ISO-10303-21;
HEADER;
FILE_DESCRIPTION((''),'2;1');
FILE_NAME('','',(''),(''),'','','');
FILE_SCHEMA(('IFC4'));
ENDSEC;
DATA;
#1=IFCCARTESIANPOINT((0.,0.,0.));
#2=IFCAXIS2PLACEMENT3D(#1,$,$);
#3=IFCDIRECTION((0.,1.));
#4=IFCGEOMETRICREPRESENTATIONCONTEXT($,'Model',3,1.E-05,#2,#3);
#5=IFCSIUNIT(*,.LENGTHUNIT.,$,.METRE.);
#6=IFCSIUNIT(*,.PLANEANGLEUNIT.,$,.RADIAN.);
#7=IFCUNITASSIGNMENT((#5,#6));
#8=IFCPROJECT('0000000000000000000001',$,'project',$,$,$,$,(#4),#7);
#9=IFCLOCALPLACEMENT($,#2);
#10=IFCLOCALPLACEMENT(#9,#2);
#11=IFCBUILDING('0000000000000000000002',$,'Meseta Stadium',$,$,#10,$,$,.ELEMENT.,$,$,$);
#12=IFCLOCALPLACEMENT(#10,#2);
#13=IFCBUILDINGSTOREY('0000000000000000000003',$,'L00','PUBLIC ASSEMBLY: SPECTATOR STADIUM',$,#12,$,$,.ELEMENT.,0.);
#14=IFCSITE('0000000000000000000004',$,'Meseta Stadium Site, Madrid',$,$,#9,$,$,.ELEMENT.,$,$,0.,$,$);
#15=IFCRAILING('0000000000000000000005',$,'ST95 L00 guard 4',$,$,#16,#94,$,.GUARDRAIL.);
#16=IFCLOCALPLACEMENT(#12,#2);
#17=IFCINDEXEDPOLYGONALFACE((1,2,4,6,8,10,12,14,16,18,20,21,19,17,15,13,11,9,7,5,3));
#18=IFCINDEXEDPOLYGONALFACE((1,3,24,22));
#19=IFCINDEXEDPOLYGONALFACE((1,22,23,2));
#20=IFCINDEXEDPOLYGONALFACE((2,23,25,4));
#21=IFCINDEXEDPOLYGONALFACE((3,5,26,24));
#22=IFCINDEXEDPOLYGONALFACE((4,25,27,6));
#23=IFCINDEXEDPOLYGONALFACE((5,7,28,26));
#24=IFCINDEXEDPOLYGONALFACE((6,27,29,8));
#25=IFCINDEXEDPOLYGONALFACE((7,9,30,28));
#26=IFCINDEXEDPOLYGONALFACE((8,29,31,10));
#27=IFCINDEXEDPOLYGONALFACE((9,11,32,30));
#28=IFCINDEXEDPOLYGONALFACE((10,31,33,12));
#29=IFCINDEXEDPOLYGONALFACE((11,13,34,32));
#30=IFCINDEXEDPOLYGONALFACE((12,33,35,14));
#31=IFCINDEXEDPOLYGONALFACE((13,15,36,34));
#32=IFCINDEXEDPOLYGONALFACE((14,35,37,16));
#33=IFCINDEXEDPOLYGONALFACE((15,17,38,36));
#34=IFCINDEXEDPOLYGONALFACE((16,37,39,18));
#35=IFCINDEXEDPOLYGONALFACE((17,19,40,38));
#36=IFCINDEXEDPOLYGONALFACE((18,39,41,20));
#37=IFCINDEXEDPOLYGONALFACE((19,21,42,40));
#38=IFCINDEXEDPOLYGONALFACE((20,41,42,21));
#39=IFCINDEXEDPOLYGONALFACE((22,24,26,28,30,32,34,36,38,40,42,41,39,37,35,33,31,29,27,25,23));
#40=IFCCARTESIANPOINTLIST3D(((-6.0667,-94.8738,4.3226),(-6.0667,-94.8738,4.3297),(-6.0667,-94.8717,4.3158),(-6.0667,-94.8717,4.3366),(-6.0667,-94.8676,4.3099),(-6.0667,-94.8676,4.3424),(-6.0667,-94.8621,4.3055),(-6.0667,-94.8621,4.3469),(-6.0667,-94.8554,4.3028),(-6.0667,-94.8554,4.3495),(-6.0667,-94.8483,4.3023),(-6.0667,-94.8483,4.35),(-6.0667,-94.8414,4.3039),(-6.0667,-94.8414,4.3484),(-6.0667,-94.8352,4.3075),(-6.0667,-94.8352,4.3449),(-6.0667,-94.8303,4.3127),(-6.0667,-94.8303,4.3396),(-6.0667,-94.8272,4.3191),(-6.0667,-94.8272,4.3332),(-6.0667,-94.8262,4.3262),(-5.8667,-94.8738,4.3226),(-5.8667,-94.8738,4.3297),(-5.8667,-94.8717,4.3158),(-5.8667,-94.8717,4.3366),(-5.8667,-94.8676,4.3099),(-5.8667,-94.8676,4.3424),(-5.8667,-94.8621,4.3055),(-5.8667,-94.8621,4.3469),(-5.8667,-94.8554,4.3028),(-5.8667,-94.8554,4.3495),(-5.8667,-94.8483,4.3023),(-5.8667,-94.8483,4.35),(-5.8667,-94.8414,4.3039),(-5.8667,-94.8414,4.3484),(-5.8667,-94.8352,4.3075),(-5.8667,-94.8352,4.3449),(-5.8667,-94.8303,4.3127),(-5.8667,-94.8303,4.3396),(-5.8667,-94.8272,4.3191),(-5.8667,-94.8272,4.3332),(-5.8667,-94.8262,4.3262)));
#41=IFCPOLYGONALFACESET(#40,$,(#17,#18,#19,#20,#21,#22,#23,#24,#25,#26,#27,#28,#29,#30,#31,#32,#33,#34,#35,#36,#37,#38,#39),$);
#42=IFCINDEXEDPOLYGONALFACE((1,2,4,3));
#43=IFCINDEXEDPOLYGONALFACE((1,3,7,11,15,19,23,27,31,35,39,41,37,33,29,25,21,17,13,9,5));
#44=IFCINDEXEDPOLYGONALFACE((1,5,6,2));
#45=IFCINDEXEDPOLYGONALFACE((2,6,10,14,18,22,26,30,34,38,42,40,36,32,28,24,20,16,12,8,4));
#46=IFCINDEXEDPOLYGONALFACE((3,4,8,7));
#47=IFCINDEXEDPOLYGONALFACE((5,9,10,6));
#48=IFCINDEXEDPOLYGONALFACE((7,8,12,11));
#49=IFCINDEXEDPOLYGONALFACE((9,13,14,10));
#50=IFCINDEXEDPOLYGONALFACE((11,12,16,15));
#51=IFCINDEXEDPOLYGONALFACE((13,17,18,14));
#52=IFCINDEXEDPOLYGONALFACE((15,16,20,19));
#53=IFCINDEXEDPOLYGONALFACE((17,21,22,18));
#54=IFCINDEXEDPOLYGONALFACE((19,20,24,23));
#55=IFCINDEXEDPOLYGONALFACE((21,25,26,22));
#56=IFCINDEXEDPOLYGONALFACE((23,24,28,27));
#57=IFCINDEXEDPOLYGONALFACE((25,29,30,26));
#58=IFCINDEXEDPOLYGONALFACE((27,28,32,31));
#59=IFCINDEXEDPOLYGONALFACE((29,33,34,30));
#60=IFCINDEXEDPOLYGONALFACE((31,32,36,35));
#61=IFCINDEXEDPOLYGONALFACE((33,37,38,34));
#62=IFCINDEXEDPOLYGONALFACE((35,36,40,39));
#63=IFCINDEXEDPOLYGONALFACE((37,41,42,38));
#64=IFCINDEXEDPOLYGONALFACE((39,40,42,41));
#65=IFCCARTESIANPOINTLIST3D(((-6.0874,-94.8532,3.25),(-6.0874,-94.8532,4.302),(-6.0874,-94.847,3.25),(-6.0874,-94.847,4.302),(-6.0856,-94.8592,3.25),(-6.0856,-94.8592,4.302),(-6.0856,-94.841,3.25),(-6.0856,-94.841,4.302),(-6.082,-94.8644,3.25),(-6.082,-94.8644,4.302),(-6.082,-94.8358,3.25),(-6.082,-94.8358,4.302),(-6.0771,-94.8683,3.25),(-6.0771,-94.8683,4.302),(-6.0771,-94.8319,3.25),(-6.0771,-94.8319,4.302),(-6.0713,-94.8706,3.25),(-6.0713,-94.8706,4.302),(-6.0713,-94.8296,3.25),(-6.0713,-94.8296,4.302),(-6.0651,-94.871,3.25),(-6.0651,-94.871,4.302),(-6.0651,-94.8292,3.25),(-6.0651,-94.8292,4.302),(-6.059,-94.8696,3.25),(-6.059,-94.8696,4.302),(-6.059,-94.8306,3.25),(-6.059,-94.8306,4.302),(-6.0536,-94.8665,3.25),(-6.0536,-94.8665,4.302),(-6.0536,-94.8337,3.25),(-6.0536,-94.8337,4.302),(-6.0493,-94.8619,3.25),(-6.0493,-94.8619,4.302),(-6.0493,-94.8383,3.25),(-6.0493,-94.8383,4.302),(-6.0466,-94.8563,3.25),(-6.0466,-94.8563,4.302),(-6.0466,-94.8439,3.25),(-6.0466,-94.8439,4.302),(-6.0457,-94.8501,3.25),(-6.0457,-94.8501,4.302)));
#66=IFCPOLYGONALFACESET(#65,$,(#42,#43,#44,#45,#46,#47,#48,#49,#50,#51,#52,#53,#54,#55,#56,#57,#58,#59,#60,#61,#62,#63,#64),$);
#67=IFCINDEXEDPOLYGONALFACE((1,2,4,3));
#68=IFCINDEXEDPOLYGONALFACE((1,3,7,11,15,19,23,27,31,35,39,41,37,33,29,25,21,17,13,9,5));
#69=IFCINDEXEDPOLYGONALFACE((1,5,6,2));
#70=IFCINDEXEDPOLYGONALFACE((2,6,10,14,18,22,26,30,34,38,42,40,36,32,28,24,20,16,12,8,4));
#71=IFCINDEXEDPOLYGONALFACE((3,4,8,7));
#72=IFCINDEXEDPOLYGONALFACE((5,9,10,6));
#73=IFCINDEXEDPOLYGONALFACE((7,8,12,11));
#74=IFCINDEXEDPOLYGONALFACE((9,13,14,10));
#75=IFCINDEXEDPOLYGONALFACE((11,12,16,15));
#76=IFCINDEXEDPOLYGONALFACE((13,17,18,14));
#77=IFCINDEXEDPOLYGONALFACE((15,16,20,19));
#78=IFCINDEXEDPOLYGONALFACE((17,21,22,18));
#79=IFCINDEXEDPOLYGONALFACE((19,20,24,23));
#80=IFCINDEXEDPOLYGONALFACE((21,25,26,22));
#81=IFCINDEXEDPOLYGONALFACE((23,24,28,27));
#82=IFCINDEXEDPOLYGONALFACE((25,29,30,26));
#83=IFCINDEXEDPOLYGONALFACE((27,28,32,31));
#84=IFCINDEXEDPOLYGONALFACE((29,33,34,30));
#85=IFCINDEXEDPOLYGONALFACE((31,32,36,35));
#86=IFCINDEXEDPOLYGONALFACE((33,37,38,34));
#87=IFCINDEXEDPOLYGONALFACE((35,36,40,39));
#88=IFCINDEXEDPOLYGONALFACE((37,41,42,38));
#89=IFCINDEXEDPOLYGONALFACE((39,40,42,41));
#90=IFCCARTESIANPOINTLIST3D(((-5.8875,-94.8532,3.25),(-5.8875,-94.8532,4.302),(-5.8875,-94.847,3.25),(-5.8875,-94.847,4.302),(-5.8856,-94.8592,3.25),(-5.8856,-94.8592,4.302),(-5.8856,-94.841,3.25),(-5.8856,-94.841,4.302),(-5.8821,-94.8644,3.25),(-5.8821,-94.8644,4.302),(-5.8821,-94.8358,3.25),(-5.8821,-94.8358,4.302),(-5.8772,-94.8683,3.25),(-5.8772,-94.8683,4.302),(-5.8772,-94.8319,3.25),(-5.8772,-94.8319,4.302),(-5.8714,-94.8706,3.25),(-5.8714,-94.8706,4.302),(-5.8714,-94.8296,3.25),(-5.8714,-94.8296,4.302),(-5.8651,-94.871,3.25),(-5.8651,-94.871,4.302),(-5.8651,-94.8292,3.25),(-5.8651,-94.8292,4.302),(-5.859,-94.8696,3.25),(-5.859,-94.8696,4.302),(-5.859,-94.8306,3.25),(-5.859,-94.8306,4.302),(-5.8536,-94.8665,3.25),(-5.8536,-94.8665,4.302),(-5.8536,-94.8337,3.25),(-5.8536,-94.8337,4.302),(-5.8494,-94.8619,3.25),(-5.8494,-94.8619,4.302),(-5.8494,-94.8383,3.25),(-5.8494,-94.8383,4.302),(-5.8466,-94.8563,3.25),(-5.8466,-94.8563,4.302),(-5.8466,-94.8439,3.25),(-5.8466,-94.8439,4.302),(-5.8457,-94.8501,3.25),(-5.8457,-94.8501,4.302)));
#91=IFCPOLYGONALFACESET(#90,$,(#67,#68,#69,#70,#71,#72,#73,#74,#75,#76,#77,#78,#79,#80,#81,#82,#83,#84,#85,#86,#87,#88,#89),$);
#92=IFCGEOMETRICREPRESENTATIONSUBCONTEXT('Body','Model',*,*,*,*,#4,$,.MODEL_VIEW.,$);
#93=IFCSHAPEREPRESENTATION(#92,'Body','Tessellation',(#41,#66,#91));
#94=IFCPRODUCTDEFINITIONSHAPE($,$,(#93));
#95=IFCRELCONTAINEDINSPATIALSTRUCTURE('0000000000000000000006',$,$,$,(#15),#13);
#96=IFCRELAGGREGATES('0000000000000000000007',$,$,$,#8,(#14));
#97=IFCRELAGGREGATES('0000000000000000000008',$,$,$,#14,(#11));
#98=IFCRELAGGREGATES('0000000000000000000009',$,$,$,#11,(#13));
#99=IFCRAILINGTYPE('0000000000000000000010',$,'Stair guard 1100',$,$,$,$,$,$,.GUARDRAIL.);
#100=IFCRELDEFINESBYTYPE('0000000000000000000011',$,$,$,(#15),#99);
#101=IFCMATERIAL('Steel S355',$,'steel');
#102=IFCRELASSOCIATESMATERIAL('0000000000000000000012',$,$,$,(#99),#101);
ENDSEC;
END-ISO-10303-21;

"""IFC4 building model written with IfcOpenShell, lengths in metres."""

from ifc_helpers import new_model, si_unit, direction, frame, origin, origin_2d, place, context, subcontext, project, spatial, circle, extrude, material, type_object, element, save


model = new_model("IFC4")

# Units and contexts
model_context = context("Model", 3, precision=1e-05, world=origin(), true_north=direction((0.0, 1.0)))
body_context = subcontext(model_context, "Body", "Model", "MODEL_VIEW")
ifc_project = project(units=[si_unit("LENGTHUNIT", "METRE"), si_unit("PLANEANGLEUNIT", "RADIAN")], contexts=[model_context])

# Site, building, storey
site_placement = place(None, origin())
site = spatial("IfcSite", under=ifc_project, at=site_placement, Name="Meseta Stadium Site, Madrid", CompositionType="ELEMENT", RefElevation=0.0)
building_placement = place(site_placement, origin())
building = spatial("IfcBuilding", under=site, at=building_placement, Name="Meseta Stadium", CompositionType="ELEMENT")
storey_placement = place(building_placement, origin())
storey = spatial("IfcBuildingStorey", under=building, at=storey_placement, Name="L00", Description="PUBLIC ASSEMBLY: SPECTATOR STADIUM", CompositionType="ELEMENT", Elevation=0.0)

# Railing
ifc_material_1 = material(Name="Steel S355", Category="steel")
railing_type_1 = type_object("IfcRailingType", Name="Stair guard 1100", PredefinedType="GUARDRAIL", material=ifc_material_1)
railing_1_placement = place(storey_placement, frame((-6.0667, -94.8501, 3.25)))
element("IfcRailing", 1, at=railing_1_placement, inside=storey, type_object=railing_type_1, Name="ST95 L00 guard 4", PredefinedType="GUARDRAIL", context=body_context, shape_type="SweptSolid", body=[
    extrude(circle(Radius=0.0239, at=origin_2d()), frame((0.0, 0.0, 1.0762), z_axis=(1.0, 0.0, 0.0), x_axis=(0.0, 1.0, 0.0)), (0.0, 0.0, 1.0), 0.2),
    extrude(circle(Radius=0.021, at=origin_2d()), origin(), (0.0, 0.0, 1.0), 1.052),
    extrude(circle(Radius=0.021, at=origin_2d()), frame((0.2, 0.0, 0.0)), (0.0, 0.0, 1.0), 1.052),
])

save(model, "model.ifc")
